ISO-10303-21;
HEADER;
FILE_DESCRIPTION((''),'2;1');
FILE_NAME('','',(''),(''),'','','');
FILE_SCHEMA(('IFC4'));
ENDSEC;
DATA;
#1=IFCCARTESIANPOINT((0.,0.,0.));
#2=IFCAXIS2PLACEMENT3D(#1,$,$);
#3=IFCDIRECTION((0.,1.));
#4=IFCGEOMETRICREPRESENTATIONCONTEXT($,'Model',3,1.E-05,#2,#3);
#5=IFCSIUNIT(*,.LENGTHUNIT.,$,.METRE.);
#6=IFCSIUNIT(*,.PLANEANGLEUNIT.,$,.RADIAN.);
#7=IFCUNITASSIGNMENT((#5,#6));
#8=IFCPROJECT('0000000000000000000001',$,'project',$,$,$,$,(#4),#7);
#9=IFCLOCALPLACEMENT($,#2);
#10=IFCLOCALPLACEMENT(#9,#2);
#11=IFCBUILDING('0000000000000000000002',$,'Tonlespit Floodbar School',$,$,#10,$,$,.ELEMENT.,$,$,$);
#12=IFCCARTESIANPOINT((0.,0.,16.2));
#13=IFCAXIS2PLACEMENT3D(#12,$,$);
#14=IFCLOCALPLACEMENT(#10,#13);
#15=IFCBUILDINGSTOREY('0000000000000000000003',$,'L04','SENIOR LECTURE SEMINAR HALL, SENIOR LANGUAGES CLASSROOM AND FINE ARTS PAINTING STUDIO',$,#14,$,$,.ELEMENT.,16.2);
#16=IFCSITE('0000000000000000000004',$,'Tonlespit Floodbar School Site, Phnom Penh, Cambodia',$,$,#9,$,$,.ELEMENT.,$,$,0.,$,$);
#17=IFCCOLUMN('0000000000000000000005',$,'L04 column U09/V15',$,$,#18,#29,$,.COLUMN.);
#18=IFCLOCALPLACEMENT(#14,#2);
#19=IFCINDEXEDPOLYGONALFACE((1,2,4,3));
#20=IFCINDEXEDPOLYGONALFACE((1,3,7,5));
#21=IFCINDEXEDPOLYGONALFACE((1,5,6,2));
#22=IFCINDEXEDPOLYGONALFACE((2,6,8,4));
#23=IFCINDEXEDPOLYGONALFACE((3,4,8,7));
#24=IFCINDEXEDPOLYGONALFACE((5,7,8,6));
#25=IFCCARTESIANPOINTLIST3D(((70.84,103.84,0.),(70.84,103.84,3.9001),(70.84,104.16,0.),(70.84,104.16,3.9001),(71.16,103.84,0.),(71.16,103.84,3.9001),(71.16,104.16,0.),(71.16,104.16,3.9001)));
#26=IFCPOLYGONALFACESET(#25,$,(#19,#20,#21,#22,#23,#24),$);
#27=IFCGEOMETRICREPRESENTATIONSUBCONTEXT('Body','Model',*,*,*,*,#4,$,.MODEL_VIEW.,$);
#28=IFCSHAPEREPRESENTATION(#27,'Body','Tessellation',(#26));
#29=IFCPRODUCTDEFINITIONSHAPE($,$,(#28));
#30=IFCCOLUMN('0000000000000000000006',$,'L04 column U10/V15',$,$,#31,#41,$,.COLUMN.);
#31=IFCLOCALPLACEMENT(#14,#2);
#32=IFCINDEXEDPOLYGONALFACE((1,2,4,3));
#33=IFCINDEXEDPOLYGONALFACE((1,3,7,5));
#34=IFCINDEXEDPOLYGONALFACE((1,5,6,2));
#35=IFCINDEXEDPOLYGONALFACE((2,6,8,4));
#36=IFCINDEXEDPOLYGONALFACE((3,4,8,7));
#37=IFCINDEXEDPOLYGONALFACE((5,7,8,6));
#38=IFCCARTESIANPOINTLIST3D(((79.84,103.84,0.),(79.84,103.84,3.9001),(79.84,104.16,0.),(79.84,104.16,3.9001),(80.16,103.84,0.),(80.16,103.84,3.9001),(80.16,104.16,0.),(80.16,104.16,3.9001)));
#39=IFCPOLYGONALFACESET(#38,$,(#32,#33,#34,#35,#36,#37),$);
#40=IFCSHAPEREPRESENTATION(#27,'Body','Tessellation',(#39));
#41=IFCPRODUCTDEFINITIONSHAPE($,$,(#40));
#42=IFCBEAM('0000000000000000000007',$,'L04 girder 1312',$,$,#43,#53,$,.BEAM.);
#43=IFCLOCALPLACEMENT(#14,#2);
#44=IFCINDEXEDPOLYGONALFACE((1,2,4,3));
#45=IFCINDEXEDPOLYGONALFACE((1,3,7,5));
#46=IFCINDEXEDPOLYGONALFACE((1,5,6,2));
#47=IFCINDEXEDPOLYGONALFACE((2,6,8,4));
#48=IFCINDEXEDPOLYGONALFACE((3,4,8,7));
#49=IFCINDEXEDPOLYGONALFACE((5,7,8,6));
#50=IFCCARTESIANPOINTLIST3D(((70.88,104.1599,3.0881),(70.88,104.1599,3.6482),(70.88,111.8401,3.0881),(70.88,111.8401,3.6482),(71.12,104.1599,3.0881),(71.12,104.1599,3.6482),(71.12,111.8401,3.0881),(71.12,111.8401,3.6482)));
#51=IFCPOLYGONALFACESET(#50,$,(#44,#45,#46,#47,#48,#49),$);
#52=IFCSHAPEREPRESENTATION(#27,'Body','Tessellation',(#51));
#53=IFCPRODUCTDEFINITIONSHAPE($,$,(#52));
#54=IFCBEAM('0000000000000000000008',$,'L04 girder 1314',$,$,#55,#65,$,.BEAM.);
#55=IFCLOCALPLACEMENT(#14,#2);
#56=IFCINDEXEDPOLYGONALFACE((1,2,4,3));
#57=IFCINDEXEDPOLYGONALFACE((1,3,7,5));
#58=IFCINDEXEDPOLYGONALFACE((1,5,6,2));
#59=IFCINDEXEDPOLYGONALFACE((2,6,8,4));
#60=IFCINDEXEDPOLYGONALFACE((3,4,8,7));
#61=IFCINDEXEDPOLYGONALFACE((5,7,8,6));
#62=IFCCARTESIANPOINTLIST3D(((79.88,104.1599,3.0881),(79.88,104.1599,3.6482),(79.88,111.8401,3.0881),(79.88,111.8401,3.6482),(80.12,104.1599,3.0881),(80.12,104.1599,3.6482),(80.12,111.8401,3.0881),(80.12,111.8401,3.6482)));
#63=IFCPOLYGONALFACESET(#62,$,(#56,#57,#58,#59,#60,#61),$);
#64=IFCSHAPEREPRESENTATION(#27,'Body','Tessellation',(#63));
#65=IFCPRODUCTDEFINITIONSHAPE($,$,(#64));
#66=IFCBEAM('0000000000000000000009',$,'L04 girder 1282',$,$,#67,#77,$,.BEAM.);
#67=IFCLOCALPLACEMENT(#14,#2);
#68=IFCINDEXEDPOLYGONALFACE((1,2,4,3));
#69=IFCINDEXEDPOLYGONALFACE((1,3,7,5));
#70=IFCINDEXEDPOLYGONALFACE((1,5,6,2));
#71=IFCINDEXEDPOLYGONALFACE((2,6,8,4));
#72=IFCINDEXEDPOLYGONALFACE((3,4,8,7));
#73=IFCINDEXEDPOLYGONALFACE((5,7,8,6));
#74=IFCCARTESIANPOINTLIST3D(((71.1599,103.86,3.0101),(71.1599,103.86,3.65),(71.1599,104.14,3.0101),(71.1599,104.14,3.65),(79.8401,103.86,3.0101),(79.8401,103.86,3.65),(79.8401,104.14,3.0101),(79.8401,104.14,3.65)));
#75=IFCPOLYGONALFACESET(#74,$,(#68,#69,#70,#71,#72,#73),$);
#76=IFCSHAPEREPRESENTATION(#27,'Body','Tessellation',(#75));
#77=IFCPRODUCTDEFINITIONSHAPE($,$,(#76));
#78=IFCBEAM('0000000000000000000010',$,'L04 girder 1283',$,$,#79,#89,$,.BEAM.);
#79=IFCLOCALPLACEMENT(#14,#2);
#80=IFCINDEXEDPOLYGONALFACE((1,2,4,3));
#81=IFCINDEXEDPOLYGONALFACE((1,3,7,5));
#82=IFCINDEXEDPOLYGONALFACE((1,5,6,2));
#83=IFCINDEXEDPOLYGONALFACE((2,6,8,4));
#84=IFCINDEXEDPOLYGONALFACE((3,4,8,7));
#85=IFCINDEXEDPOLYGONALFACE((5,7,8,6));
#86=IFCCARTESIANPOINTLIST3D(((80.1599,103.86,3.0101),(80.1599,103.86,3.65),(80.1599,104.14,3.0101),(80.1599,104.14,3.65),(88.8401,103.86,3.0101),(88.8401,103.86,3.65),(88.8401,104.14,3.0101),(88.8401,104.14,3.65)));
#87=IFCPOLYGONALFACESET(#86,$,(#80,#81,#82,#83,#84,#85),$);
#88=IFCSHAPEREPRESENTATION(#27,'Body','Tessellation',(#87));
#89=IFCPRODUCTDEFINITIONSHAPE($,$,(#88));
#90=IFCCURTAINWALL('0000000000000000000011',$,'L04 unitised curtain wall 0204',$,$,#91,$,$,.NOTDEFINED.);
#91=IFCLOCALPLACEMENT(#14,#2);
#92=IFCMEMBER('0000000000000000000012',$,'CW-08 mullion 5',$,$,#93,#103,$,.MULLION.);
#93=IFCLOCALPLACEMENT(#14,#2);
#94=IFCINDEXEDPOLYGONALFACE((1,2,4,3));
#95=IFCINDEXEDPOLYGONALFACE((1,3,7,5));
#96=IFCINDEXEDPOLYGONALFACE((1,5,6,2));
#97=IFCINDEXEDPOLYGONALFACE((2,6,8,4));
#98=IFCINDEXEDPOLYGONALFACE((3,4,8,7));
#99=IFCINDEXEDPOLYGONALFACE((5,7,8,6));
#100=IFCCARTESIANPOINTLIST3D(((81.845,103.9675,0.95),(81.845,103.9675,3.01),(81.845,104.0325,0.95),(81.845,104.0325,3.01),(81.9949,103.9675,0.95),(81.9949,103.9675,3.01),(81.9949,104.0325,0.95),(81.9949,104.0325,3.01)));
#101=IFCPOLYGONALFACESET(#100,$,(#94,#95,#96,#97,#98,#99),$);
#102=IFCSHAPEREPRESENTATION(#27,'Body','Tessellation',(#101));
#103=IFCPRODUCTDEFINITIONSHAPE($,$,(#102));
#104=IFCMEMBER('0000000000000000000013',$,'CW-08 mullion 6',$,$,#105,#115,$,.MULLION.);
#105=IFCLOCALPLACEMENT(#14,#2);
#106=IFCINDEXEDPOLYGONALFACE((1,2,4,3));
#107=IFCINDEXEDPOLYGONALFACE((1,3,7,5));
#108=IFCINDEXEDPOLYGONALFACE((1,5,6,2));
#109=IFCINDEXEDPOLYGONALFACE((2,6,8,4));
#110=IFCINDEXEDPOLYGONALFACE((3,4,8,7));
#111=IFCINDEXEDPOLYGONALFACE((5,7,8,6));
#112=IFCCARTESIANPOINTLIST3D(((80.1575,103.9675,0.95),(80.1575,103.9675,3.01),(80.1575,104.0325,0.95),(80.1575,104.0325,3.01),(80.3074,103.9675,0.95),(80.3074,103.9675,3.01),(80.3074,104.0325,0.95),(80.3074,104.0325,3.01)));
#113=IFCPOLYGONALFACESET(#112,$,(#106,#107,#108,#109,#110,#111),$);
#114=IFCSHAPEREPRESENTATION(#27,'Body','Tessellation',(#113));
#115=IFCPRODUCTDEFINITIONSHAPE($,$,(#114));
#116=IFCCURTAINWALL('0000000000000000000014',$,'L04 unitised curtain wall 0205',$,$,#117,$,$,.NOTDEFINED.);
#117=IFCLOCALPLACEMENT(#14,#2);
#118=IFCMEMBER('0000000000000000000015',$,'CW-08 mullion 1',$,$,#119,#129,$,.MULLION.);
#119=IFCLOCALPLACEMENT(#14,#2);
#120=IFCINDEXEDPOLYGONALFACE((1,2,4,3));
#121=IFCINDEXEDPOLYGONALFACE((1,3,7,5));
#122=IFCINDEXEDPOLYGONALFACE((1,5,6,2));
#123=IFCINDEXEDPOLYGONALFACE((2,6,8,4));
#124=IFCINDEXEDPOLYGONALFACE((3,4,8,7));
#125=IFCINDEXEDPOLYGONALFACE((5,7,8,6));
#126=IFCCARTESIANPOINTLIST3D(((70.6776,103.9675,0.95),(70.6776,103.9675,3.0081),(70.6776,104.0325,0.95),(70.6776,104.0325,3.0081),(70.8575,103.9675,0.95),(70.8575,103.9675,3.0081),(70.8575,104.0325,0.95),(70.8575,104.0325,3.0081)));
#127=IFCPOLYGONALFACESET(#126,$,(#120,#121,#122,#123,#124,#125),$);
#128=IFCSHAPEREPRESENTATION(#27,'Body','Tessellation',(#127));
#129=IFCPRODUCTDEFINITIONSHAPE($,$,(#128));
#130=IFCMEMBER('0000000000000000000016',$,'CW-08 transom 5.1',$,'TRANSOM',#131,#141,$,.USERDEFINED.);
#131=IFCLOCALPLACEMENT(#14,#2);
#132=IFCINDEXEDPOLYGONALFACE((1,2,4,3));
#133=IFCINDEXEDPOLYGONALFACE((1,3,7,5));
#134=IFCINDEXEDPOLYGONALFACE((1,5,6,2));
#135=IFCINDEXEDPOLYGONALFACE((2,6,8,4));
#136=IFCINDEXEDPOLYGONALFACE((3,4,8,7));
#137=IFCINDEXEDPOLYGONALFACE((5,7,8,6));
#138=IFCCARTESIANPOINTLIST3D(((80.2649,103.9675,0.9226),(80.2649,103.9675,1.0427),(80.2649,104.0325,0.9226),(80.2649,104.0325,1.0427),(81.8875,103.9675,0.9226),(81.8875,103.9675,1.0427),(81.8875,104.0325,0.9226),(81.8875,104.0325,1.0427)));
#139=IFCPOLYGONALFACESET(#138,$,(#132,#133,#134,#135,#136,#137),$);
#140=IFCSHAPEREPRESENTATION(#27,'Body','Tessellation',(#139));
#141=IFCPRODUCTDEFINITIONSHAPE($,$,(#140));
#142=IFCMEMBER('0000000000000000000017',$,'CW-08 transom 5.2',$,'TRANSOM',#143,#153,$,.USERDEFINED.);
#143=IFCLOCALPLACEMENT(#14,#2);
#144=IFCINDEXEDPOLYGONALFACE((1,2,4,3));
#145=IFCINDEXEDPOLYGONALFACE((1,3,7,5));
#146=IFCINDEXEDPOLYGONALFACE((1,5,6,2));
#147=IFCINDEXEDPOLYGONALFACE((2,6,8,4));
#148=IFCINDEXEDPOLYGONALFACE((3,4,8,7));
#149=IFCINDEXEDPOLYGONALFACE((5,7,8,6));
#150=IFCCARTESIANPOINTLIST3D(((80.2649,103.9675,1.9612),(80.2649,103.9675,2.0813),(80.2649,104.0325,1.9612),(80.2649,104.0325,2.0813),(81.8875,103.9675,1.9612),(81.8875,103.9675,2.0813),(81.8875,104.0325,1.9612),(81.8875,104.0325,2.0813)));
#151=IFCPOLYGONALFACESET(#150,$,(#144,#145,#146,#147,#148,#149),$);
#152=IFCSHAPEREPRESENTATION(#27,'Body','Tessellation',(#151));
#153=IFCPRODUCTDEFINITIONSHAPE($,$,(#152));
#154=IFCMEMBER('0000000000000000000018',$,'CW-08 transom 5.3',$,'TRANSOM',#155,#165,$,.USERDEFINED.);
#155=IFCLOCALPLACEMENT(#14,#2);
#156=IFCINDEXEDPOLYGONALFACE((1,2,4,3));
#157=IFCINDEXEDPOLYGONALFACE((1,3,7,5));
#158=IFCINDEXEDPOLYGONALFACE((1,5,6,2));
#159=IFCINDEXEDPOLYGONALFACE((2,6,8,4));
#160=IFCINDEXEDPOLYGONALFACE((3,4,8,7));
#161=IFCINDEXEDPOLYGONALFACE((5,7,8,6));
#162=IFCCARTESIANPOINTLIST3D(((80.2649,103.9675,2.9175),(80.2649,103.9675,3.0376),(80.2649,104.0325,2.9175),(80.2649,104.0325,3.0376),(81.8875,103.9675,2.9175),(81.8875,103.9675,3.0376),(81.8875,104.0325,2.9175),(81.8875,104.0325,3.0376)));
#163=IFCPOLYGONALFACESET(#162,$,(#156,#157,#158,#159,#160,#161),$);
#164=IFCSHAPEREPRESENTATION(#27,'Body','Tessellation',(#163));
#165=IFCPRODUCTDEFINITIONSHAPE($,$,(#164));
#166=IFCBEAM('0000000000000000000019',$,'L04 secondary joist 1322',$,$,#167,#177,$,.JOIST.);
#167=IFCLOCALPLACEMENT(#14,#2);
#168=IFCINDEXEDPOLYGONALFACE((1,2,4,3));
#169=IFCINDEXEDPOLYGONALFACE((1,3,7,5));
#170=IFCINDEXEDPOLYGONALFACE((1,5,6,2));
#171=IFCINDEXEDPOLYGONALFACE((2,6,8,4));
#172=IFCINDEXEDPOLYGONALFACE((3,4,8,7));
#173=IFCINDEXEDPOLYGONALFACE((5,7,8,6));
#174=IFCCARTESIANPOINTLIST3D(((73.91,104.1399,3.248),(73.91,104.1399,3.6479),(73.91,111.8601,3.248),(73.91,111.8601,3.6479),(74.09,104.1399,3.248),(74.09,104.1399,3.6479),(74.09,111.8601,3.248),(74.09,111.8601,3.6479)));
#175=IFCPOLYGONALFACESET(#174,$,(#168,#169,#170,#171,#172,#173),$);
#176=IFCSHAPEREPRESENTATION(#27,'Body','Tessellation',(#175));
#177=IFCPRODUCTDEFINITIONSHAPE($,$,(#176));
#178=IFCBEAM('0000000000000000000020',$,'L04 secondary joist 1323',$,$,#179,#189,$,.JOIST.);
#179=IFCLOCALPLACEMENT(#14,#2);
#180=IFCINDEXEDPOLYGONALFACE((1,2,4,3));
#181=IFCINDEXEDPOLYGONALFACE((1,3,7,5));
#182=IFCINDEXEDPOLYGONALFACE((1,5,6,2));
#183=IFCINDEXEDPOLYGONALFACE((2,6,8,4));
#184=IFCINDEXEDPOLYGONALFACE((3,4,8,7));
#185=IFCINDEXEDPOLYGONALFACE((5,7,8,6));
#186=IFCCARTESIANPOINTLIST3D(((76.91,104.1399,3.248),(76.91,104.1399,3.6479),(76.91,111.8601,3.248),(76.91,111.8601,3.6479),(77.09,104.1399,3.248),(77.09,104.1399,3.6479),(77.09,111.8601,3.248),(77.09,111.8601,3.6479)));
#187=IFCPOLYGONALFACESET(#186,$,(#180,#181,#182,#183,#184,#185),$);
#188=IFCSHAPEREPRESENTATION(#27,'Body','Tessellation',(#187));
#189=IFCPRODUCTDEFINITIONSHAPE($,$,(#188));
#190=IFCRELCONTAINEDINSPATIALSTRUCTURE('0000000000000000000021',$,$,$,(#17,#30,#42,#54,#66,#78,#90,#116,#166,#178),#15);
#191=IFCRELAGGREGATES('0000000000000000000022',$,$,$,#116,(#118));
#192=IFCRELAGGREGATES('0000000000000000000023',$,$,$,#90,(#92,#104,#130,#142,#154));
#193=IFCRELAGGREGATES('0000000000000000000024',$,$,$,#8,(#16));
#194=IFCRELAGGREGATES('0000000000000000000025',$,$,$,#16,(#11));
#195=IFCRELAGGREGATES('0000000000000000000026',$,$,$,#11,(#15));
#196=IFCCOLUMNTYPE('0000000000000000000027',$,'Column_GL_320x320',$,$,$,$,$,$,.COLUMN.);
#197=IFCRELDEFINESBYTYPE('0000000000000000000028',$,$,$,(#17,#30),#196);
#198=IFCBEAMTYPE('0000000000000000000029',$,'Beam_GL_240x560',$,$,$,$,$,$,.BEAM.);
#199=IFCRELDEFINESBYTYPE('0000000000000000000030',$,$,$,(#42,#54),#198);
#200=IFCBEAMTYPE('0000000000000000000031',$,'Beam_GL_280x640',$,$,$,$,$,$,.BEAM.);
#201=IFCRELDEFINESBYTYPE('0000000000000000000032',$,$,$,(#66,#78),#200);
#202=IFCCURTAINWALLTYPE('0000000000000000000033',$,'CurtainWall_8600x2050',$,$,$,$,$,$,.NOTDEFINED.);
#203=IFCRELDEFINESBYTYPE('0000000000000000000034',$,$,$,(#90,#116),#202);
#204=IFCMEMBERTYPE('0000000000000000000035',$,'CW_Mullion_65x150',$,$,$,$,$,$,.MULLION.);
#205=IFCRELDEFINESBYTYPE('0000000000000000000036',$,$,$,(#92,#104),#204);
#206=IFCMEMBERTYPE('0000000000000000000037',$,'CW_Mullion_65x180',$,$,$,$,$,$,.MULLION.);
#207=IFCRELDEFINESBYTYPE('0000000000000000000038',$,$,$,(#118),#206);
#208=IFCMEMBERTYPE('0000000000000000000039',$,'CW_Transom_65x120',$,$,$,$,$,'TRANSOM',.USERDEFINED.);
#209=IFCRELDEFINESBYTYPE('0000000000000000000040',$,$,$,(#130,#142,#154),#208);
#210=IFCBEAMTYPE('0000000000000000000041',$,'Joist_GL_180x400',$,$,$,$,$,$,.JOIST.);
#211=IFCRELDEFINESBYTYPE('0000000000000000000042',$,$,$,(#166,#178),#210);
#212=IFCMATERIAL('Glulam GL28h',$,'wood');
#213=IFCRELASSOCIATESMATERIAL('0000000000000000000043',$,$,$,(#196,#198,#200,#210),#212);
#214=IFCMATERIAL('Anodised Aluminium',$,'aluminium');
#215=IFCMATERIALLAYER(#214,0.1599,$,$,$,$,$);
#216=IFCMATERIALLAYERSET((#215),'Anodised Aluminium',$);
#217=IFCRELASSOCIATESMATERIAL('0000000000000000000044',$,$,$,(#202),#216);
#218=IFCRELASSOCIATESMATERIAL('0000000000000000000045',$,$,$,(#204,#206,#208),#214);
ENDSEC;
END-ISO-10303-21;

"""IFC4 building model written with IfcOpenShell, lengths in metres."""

from ifc_helpers import new_model, si_unit, direction, frame, origin, origin_2d, place, context, subcontext, project, spatial, rectangle, extrude, material, layer, layer_set, material_profile, profile_set, type_object, element, aggregate, save


model = new_model("IFC4")

# Units and contexts
model_context = context("Model", 3, precision=1e-05, world=origin(), true_north=direction((0.0, 1.0)))
body_context = subcontext(model_context, "Body", "Model", "MODEL_VIEW")
ifc_project = project(units=[si_unit("LENGTHUNIT", "METRE"), si_unit("PLANEANGLEUNIT", "RADIAN")], contexts=[model_context])

# Site, building, storey
site_placement = place(None, origin())
site = spatial("IfcSite", under=ifc_project, at=site_placement, Name="Tonlespit Floodbar School Site, Phnom Penh, Cambodia", CompositionType="ELEMENT", RefElevation=0.0)
building_placement = place(site_placement, origin())
building = spatial("IfcBuilding", under=site, at=building_placement, Name="Tonlespit Floodbar School", CompositionType="ELEMENT")
storey_placement = place(building_placement, frame((0.0, 0.0, 16.2)))
storey = spatial("IfcBuildingStorey", under=building, at=storey_placement, Name="L04", Description="SENIOR LECTURE SEMINAR HALL, SENIOR LANGUAGES CLASSROOM AND FINE ARTS PAINTING STUDIO", CompositionType="ELEMENT", Elevation=16.2)

# Columns
ifc_material_1 = material(Name="Glulam GL28h", Category="wood")
ifc_material_profile_1 = material_profile(ifc_material_1, rectangle(XDim=0.3201, YDim=0.3201, at=origin_2d()), Name="GL 320x320")
ifc_profile_set_1 = profile_set([ifc_material_profile_1], Name="Glulam GL28h")
column_type = type_object("IfcColumnType", Name="Column_GL_320x320", PredefinedType="COLUMN", material=ifc_profile_set_1)
for number, where, z_axis, x_axis, name in (
    (1, (71.0, 104.0, 0.0), (0.0, 0.0, 1.0), (1.0, 0.0, 0.0), "L04 column U09/V15"),
    (2, (80.0, 104.0, 0.0), (0.0, 0.0, 1.0), (1.0, 0.0, 0.0), "L04 column U10/V15"),
):
    element("IfcColumn", number, at=place(storey_placement, frame(where, z_axis=z_axis, x_axis=x_axis)), inside=storey, type_object=column_type, Name=name, PredefinedType="COLUMN", context=body_context, shape_type="SweptSolid", body=[
        extrude(rectangle(XDim=0.3201, YDim=0.3201, at=origin_2d()), origin(), (0.0, 0.0, 1.0), 3.9001),
    ])

# Beams
ifc_material_profile_2 = material_profile(ifc_material_1, rectangle(XDim=0.24, YDim=0.5601, at=origin_2d()), Name="GL 240x560")
ifc_profile_set_2 = profile_set([ifc_material_profile_2], Name="Glulam GL28h")
beam_type_1 = type_object("IfcBeamType", Name="Beam_GL_240x560", PredefinedType="BEAM", material=ifc_profile_set_2)
for number, where, z_axis, x_axis, name in (
    (3, (71.0, 104.1599, 3.3682), (0.0, 1.0, 0.0), (-1.0, 0.0, 0.0), "L04 girder 1312"),
    (4, (80.0, 104.1599, 3.3682), (0.0, 1.0, 0.0), (-1.0, 0.0, 0.0), "L04 girder 1314"),
):
    element("IfcBeam", number, at=place(storey_placement, frame(where, z_axis=z_axis, x_axis=x_axis)), inside=storey, type_object=beam_type_1, Name=name, PredefinedType="BEAM", context=body_context, shape_type="SweptSolid", body=[
        extrude(rectangle(XDim=0.24, YDim=0.5601, at=origin_2d()), origin(), (0.0, 0.0, 1.0), 7.6802),
    ])
ifc_material_profile_3 = material_profile(ifc_material_1, rectangle(XDim=0.28, YDim=0.6399, at=origin_2d()), Name="GL 280x640")
ifc_profile_set_3 = profile_set([ifc_material_profile_3], Name="Glulam GL28h")
beam_type_2 = type_object("IfcBeamType", Name="Beam_GL_280x640", PredefinedType="BEAM", material=ifc_profile_set_3)
for number, where, z_axis, x_axis, name in (
    (5, (71.1599, 104.0, 3.3301), (1.0, 0.0, 0.0), (0.0, 1.0, 0.0), "L04 girder 1282"),
    (6, (80.1599, 104.0, 3.3301), (1.0, 0.0, 0.0), (0.0, 1.0, 0.0), "L04 girder 1283"),
):
    element("IfcBeam", number, at=place(storey_placement, frame(where, z_axis=z_axis, x_axis=x_axis)), inside=storey, type_object=beam_type_2, Name=name, PredefinedType="BEAM", context=body_context, shape_type="SweptSolid", body=[
        extrude(rectangle(XDim=0.28, YDim=0.6399, at=origin_2d()), origin(), (0.0, 0.0, 1.0), 8.6802),
    ])

# Curtain wall, members
ifc_material_2 = material(Name="Anodised Aluminium", Category="aluminium")
ifc_layer_1 = layer(ifc_material_2, 0.1599)
ifc_layer_set_1 = layer_set([ifc_layer_1], Name="Anodised Aluminium")
curtain_wall_type = type_object("IfcCurtainWallType", Name="CurtainWall_8600x2050", PredefinedType="NOTDEFINED", material=ifc_layer_set_1)
curtain_wall_1_placement = place(storey_placement, origin())
curtain_wall_1 = element("IfcCurtainWall", 7, at=curtain_wall_1_placement, inside=storey, type_object=curtain_wall_type, Name="L04 unitised curtain wall 0204", PredefinedType="NOTDEFINED")
ifc_material_profile_4 = material_profile(ifc_material_2, rectangle(XDim=0.0649, YDim=0.1499, at=origin_2d()), Name="ALU M65x150")
ifc_profile_set_4 = profile_set([ifc_material_profile_4], Name="Anodised Aluminium")
member_type_1 = type_object("IfcMemberType", Name="CW_Mullion_65x150", PredefinedType="MULLION", material=ifc_profile_set_4)
member_1_placement = place(storey_placement, frame((81.9199, 104.0, 0.95), z_axis=(0.0, 0.0, 1.0), x_axis=(0.0, -1.0, 0.0)))
member_1 = element("IfcMember", 8, at=member_1_placement, type_object=member_type_1, Name="CW-08 mullion 5", PredefinedType="MULLION", context=body_context, shape_type="SweptSolid", body=[
    extrude(rectangle(XDim=0.0649, YDim=0.1499, at=origin_2d()), origin(), (0.0, 0.0, 1.0), 2.0601),
])
member_2_placement = place(storey_placement, frame((80.2324, 104.0, 0.95), z_axis=(0.0, 0.0, 1.0), x_axis=(0.0, -1.0, 0.0)))
member_2 = element("IfcMember", 9, at=member_2_placement, type_object=member_type_1, Name="CW-08 mullion 6", PredefinedType="MULLION", context=body_context, shape_type="SweptSolid", body=[
    extrude(rectangle(XDim=0.0649, YDim=0.1499, at=origin_2d()), origin(), (0.0, 0.0, 1.0), 2.0601),
])

# Curtain wall, member
curtain_wall_2_placement = place(storey_placement, origin())
curtain_wall_2 = element("IfcCurtainWall", 10, at=curtain_wall_2_placement, inside=storey, type_object=curtain_wall_type, Name="L04 unitised curtain wall 0205", PredefinedType="NOTDEFINED")
ifc_material_profile_5 = material_profile(ifc_material_2, rectangle(XDim=0.0649, YDim=0.1799, at=origin_2d()), Name="ALU M65x180")
ifc_profile_set_5 = profile_set([ifc_material_profile_5], Name="Anodised Aluminium")
member_type_2 = type_object("IfcMemberType", Name="CW_Mullion_65x180", PredefinedType="MULLION", material=ifc_profile_set_5)
member_3_placement = place(storey_placement, frame((70.7676, 104.0, 0.95), z_axis=(0.0, 0.0, 1.0), x_axis=(0.0, -1.0, 0.0)))
member_3 = element("IfcMember", 11, at=member_3_placement, type_object=member_type_2, Name="CW-08 mullion 1", PredefinedType="MULLION", context=body_context, shape_type="SweptSolid", body=[
    extrude(rectangle(XDim=0.0649, YDim=0.1799, at=origin_2d()), origin(), (0.0, 0.0, 1.0), 2.0581),
])
aggregate(curtain_wall_2, [member_3])

# Members
ifc_material_profile_6 = material_profile(ifc_material_2, rectangle(XDim=0.0649, YDim=0.1201, at=origin_2d()), Name="ALU T65x120")
ifc_profile_set_6 = profile_set([ifc_material_profile_6], Name="Anodised Aluminium")
member_type_3 = type_object("IfcMemberType", Name="CW_Transom_65x120", ElementType="TRANSOM", PredefinedType="USERDEFINED", material=ifc_profile_set_6)
member_4_placement = place(storey_placement, frame((81.8875, 104.0, 0.9827), z_axis=(-1.0, 0.0, 0.0), x_axis=(0.0, -1.0, 0.0)))
member_4 = element("IfcMember", 12, at=member_4_placement, type_object=member_type_3, Name="CW-08 transom 5.1", ObjectType="TRANSOM", PredefinedType="USERDEFINED", context=body_context, shape_type="SweptSolid", body=[
    extrude(rectangle(XDim=0.0649, YDim=0.1201, at=origin_2d()), origin(), (0.0, 0.0, 1.0), 1.6226),
])
member_5_placement = place(storey_placement, frame((81.8875, 104.0, 2.0212), z_axis=(-1.0, 0.0, 0.0), x_axis=(0.0, -1.0, 0.0)))
member_5 = element("IfcMember", 13, at=member_5_placement, type_object=member_type_3, Name="CW-08 transom 5.2", ObjectType="TRANSOM", PredefinedType="USERDEFINED", context=body_context, shape_type="SweptSolid", body=[
    extrude(rectangle(XDim=0.0649, YDim=0.1201, at=origin_2d()), origin(), (0.0, 0.0, 1.0), 1.6226),
])
member_6_placement = place(storey_placement, frame((81.8875, 104.0, 2.9775), z_axis=(-1.0, 0.0, 0.0), x_axis=(0.0, -1.0, 0.0)))
member_6 = element("IfcMember", 14, at=member_6_placement, type_object=member_type_3, Name="CW-08 transom 5.3", ObjectType="TRANSOM", PredefinedType="USERDEFINED", context=body_context, shape_type="SweptSolid", body=[
    extrude(rectangle(XDim=0.0649, YDim=0.1201, at=origin_2d()), origin(), (0.0, 0.0, 1.0), 1.6226),
])

# Beams
ifc_material_profile_7 = material_profile(ifc_material_1, rectangle(XDim=0.1799, YDim=0.3999, at=origin_2d()), Name="GL 180x400")
ifc_profile_set_7 = profile_set([ifc_material_profile_7], Name="Glulam GL28h")
beam_type_3 = type_object("IfcBeamType", Name="Joist_GL_180x400", PredefinedType="JOIST", material=ifc_profile_set_7)
for number, where, z_axis, x_axis, name in (
    (15, (74.0, 104.1399, 3.448), (0.0, 1.0, 0.0), (-1.0, 0.0, 0.0), "L04 secondary joist 1322"),
    (16, (77.0, 104.1399, 3.448), (0.0, 1.0, 0.0), (-1.0, 0.0, 0.0), "L04 secondary joist 1323"),
):
    element("IfcBeam", number, at=place(storey_placement, frame(where, z_axis=z_axis, x_axis=x_axis)), inside=storey, type_object=beam_type_3, Name=name, PredefinedType="JOIST", context=body_context, shape_type="SweptSolid", body=[
        extrude(rectangle(XDim=0.1799, YDim=0.3999, at=origin_2d()), origin(), (0.0, 0.0, 1.0), 7.7202),
    ])

aggregate(curtain_wall_1, [member_1, member_2, member_4, member_5, member_6])

save(model, "model.ifc")
